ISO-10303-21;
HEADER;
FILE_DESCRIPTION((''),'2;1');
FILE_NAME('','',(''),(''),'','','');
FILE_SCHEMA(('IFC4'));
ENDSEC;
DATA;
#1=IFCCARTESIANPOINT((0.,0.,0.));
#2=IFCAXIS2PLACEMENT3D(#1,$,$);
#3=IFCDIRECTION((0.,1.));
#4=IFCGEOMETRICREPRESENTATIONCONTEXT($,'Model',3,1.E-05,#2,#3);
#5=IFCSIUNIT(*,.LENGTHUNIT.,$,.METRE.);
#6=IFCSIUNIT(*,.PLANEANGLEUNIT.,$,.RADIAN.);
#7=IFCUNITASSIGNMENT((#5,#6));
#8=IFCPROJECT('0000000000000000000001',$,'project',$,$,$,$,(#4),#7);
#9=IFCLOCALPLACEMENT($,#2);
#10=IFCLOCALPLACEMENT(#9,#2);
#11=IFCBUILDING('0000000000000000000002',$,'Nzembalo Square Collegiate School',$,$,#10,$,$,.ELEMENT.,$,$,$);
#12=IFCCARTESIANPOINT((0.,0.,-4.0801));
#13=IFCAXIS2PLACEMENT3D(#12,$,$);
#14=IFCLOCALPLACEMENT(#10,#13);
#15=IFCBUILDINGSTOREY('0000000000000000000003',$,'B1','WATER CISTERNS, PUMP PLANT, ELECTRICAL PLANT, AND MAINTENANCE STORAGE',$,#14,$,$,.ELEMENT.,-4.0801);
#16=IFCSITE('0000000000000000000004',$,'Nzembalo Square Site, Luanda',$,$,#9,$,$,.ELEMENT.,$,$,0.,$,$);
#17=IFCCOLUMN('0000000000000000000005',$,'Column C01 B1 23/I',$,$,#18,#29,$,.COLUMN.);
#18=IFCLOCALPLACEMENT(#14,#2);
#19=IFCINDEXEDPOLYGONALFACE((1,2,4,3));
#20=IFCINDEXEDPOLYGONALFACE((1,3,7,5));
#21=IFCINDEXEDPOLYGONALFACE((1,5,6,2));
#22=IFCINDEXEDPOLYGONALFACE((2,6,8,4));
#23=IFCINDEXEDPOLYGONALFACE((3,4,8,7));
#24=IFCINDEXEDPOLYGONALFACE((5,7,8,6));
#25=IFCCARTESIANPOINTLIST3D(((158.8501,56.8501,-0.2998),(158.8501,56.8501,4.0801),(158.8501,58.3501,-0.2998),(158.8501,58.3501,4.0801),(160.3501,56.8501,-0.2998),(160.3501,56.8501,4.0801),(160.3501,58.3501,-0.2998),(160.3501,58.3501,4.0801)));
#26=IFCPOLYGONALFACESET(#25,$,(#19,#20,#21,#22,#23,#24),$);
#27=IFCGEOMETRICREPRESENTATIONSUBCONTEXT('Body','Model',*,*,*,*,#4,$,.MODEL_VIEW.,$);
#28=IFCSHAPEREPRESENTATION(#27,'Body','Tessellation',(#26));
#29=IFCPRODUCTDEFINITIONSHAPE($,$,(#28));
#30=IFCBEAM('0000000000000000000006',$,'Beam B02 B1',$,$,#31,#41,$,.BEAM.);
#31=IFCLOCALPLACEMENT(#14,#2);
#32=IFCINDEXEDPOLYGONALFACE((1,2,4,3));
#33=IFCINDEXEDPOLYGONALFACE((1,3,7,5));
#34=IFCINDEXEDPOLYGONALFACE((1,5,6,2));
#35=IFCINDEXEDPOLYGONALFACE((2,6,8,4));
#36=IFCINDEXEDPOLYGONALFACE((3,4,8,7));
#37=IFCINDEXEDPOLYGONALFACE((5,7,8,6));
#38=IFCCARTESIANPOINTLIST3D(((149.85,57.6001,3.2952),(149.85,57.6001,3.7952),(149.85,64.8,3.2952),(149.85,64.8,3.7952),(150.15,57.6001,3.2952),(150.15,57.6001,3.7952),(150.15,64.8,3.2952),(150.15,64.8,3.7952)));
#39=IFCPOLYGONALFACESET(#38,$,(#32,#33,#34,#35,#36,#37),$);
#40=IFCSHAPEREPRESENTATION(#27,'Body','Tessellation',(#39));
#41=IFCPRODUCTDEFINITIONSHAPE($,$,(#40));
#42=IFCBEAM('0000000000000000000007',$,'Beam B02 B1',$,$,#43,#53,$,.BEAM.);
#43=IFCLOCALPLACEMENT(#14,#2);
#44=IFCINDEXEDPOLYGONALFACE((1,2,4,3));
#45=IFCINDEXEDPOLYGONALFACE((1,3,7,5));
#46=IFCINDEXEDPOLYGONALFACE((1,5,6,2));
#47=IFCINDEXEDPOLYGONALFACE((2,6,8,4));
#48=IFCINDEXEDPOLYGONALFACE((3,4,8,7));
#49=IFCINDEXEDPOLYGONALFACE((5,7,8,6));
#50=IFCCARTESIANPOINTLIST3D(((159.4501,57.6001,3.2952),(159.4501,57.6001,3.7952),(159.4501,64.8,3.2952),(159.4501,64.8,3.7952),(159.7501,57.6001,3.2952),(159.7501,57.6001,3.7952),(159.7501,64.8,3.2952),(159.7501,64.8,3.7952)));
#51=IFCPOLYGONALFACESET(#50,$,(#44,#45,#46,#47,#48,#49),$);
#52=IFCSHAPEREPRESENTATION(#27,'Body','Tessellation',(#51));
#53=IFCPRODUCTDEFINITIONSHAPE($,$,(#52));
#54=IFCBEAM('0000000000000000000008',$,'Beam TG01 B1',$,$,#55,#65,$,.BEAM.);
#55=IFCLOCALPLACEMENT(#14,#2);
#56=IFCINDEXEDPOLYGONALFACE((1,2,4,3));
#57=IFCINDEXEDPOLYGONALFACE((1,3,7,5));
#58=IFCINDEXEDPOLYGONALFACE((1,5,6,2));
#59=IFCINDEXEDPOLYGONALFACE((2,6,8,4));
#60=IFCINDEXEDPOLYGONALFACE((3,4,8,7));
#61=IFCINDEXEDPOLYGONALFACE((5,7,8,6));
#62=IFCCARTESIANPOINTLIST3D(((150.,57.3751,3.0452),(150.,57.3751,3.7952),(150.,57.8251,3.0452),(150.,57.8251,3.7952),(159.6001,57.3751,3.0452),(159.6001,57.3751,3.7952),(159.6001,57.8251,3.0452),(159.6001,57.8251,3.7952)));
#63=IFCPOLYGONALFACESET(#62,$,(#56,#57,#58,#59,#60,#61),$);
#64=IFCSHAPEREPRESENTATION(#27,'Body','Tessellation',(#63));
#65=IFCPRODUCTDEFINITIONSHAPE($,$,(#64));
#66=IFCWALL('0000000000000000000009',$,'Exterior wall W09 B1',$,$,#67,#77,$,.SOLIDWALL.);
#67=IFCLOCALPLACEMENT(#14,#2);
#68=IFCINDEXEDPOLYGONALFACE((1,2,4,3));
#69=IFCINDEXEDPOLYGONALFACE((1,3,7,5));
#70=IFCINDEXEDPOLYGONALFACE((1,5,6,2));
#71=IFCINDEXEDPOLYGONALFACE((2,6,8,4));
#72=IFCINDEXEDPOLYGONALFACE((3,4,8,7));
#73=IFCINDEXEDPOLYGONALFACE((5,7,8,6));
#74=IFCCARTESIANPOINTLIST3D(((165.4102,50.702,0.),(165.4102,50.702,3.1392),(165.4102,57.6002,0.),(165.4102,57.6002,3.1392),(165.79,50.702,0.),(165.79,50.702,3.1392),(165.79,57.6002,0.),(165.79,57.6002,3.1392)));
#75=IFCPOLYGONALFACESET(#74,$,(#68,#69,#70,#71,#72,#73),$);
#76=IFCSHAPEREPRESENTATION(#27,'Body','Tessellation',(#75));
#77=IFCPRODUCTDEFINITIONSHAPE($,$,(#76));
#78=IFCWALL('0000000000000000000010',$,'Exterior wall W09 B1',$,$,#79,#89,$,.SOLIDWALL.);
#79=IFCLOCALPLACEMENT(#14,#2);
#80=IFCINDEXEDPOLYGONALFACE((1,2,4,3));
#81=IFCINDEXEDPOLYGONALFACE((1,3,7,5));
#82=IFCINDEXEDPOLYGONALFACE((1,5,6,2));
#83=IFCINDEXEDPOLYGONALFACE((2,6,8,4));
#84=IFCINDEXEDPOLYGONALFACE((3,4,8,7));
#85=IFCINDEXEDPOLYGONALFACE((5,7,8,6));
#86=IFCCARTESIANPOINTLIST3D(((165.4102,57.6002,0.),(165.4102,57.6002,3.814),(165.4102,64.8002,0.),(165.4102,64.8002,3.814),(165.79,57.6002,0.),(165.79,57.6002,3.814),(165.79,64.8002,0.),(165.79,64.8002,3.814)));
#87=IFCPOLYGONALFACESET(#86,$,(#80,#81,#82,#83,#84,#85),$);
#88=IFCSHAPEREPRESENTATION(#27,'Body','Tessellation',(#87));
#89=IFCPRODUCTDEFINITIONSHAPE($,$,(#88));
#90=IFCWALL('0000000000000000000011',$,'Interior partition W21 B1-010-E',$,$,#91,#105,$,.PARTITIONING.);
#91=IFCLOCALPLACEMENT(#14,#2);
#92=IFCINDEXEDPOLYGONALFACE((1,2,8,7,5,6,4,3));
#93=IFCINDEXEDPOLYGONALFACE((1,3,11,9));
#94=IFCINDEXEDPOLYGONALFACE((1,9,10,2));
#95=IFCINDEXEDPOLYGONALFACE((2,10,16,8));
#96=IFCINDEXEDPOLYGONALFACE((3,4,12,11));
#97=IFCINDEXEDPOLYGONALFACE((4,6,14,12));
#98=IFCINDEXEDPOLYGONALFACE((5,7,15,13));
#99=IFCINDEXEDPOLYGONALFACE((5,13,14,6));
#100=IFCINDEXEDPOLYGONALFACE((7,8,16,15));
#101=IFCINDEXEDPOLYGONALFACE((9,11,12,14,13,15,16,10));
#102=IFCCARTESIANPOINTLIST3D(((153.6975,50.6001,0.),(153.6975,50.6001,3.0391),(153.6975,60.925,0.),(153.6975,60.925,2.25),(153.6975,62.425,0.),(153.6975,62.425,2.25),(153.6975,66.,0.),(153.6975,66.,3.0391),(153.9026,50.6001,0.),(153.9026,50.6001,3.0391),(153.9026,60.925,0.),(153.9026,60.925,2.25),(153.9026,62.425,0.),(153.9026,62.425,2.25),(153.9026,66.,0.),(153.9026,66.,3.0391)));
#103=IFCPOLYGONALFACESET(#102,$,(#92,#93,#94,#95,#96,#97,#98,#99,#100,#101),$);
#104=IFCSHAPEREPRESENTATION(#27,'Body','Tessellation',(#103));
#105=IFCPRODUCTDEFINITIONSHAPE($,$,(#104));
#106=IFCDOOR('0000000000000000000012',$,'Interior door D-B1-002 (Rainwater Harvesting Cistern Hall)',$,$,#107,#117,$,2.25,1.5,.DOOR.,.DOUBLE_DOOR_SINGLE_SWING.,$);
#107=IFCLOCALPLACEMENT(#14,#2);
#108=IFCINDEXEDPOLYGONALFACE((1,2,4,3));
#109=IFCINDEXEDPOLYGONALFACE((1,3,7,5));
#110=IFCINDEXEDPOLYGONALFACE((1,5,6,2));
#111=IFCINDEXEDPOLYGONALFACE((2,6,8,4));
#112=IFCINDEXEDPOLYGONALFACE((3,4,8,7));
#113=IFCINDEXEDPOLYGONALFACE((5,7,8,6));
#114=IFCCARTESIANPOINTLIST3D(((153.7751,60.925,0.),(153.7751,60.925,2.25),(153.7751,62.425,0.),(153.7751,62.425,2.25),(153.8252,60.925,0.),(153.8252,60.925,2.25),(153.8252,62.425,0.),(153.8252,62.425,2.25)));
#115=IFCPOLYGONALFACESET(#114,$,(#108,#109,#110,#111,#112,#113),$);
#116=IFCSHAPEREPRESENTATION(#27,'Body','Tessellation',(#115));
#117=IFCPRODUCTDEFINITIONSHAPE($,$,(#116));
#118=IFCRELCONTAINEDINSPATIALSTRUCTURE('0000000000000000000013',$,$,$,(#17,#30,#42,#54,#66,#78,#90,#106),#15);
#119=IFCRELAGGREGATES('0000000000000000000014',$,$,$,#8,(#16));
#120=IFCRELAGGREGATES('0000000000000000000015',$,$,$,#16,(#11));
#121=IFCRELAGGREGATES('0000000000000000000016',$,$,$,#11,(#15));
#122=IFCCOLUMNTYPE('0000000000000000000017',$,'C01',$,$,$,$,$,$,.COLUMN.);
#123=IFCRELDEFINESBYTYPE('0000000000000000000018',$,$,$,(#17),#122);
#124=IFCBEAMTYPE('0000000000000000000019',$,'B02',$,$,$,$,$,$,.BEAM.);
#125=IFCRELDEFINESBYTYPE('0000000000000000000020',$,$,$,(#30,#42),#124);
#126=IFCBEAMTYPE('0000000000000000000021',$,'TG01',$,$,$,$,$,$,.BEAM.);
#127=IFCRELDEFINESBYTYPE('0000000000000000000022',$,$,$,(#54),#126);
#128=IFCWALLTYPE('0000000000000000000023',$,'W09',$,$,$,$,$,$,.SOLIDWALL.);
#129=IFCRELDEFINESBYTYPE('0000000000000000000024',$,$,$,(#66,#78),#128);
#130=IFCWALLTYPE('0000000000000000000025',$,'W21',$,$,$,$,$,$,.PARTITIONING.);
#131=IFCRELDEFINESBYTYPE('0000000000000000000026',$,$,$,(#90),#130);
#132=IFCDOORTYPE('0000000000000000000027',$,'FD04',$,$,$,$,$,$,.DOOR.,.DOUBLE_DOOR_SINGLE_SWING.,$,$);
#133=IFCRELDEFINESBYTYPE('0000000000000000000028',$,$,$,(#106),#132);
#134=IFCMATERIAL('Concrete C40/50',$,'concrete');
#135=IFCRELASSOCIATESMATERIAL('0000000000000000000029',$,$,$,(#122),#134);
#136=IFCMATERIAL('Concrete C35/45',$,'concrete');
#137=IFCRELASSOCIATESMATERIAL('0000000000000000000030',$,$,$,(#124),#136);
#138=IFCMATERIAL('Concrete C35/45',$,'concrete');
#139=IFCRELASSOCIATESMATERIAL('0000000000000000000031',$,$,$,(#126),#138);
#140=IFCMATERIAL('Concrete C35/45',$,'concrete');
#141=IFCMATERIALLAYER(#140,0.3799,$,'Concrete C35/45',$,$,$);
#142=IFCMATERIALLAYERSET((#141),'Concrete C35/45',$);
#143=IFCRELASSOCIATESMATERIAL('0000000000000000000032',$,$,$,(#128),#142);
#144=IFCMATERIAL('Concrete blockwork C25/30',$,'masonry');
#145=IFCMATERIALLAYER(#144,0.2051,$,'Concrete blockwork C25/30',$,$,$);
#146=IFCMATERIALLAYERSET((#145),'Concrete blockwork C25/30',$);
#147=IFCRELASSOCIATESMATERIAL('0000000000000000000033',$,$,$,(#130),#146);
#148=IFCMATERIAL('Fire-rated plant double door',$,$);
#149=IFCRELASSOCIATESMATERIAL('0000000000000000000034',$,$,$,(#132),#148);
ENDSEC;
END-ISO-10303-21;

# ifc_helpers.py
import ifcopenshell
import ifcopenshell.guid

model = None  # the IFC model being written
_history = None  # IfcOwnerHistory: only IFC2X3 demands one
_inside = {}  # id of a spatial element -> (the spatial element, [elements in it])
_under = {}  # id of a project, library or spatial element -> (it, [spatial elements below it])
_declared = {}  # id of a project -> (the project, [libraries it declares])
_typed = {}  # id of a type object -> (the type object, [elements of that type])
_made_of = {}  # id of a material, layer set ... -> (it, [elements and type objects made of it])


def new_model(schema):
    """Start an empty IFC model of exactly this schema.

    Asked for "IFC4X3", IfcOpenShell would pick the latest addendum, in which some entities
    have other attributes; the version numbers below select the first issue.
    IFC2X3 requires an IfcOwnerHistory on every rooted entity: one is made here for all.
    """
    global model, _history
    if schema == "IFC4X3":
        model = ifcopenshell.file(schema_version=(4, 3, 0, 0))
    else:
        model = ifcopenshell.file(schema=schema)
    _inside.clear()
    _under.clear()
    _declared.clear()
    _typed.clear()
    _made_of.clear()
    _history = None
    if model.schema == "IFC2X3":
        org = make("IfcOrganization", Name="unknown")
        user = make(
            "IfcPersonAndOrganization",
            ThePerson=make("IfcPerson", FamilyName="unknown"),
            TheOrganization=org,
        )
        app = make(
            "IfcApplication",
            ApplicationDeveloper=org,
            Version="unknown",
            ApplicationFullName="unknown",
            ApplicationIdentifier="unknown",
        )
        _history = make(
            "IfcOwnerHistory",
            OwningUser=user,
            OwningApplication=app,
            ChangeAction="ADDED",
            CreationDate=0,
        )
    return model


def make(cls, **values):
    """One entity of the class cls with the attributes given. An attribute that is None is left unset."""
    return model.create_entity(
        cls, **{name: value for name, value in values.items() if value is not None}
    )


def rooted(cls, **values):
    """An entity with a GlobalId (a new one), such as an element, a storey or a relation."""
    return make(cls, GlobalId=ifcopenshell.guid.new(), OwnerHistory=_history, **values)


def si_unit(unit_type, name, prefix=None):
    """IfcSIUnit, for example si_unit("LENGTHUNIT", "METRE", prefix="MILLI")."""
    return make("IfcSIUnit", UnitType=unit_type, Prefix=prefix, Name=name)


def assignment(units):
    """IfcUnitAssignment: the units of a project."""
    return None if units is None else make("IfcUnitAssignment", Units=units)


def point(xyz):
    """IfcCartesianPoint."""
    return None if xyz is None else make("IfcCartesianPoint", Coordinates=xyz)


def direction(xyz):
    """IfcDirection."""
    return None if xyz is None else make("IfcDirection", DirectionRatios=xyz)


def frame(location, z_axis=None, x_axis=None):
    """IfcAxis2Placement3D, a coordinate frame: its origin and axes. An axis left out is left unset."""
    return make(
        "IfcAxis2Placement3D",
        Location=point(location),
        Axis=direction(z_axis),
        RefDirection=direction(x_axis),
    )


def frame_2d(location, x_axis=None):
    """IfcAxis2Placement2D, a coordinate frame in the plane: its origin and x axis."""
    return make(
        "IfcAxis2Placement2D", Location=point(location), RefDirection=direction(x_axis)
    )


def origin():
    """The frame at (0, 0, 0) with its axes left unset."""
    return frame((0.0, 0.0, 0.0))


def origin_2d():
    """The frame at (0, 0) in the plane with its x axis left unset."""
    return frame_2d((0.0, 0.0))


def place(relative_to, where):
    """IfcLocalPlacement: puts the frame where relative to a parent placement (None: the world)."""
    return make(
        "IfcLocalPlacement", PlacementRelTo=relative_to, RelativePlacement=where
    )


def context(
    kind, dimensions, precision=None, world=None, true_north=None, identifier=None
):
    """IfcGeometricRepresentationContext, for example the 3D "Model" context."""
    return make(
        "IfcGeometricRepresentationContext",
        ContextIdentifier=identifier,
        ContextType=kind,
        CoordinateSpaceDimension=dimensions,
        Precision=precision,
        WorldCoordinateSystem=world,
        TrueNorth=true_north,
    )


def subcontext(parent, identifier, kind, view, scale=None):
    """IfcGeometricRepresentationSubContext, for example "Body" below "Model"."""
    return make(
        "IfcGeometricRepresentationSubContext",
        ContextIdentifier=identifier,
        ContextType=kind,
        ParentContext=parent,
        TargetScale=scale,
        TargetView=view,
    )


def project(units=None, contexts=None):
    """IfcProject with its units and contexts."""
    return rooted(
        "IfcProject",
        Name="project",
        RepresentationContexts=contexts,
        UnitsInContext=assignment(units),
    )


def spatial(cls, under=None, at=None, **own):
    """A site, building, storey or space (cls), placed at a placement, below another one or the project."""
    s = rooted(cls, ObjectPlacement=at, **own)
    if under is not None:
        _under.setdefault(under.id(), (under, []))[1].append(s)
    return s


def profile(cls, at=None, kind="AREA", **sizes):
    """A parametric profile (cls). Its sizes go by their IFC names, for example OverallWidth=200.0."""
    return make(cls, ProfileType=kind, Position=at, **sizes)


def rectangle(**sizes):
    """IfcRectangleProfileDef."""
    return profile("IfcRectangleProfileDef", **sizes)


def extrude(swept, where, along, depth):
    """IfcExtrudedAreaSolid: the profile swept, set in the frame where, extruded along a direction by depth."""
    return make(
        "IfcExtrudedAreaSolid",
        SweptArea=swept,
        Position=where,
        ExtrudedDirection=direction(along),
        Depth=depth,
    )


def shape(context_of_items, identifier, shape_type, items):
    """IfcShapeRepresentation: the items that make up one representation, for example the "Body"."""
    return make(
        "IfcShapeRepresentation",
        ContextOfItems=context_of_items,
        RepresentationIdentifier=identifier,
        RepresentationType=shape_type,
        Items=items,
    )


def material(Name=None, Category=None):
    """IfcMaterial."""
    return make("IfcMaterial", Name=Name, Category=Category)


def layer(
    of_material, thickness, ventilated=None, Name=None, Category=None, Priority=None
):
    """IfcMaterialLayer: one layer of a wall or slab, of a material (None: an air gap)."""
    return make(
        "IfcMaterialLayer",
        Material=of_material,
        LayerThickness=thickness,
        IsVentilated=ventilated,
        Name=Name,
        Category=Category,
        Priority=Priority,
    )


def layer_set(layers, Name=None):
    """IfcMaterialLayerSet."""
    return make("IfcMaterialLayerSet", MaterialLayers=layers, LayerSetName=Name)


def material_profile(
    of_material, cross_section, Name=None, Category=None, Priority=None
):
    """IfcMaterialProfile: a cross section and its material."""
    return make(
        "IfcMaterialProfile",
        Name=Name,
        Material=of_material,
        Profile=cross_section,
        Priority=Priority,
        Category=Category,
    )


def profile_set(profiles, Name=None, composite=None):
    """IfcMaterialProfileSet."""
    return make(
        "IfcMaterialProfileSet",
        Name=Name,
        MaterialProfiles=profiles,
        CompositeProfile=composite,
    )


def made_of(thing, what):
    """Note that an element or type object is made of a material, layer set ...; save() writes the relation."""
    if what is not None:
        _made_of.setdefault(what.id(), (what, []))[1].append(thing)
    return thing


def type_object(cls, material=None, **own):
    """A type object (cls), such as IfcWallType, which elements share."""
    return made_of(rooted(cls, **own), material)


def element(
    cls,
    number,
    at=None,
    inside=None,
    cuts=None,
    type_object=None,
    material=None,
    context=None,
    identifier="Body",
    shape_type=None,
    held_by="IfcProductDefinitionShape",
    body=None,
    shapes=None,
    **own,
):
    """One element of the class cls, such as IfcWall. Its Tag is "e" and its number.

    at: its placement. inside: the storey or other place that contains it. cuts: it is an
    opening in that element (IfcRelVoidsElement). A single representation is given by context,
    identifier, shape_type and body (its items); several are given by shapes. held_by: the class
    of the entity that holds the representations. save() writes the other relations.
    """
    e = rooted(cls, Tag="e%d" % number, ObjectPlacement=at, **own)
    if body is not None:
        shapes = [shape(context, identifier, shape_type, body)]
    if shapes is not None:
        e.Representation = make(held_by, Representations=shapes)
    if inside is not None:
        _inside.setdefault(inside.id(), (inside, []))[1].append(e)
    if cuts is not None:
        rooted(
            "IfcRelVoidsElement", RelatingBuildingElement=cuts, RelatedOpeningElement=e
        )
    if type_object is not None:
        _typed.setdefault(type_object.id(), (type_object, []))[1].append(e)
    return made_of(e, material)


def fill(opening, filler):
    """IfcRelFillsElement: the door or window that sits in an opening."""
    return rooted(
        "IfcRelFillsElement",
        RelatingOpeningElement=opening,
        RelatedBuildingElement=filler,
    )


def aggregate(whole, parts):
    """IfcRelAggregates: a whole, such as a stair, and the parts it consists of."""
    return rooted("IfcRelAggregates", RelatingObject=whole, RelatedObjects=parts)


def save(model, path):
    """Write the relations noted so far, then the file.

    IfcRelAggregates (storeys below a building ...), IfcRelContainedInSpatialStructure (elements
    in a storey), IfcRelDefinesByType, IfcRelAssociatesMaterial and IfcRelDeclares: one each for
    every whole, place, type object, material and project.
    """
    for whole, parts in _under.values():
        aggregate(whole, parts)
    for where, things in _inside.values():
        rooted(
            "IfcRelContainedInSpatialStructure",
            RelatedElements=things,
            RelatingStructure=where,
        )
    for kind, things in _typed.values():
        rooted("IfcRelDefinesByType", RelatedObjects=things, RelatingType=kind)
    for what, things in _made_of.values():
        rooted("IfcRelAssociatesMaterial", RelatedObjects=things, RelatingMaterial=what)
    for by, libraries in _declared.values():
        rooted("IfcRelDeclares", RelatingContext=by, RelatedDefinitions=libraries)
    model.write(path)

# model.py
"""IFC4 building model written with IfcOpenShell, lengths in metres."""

from ifc_helpers import new_model, si_unit, direction, frame, frame_2d, origin, origin_2d, place, context, subcontext, project, spatial, rectangle, extrude, material, layer, layer_set, material_profile, profile_set, type_object, element, fill, save


model = new_model("IFC4")

# Units and contexts
model_context = context("Model", 3, precision=1e-05, world=origin(), true_north=direction((0.0, 1.0)))
body_context = subcontext(model_context, "Body", "Model", "MODEL_VIEW")
ifc_project = project(units=[si_unit("LENGTHUNIT", "METRE"), si_unit("PLANEANGLEUNIT", "RADIAN")], contexts=[model_context])

# Site, building, storey
site_placement = place(None, origin())
site = spatial("IfcSite", under=ifc_project, at=site_placement, Name="Nzembalo Square Site, Luanda", CompositionType="ELEMENT", RefElevation=0.0)
building_placement = place(site_placement, origin())
building = spatial("IfcBuilding", under=site, at=building_placement, Name="Nzembalo Square Collegiate School", CompositionType="ELEMENT")
storey_placement = place(building_placement, frame((0.0, 0.0, -4.0801)))
storey = spatial("IfcBuildingStorey", under=building, at=storey_placement, Name="B1", Description="WATER CISTERNS, PUMP PLANT, ELECTRICAL PLANT, AND MAINTENANCE STORAGE", CompositionType="ELEMENT", Elevation=-4.0801)

# Column
ifc_material_1 = material(Name="Concrete C40/50", Category="concrete")
ifc_material_profile_1 = material_profile(ifc_material_1, rectangle(XDim=1.5, YDim=1.5, at=origin_2d()), Name="RC 1500x1500")
ifc_profile_set_1 = profile_set([ifc_material_profile_1], Name="Concrete C40/50")
column_type = type_object("IfcColumnType", Name="C01", PredefinedType="COLUMN", material=ifc_profile_set_1)
for number, where, z_axis, x_axis, name in (
    (1, (159.6001, 57.6001, -0.2998), (0.0, 0.0, 1.0), (1.0, 0.0, 0.0), "Column C01 B1 23/I"),
):
    element("IfcColumn", number, at=place(storey_placement, frame(where, z_axis=z_axis, x_axis=x_axis)), inside=storey, type_object=column_type, Name=name, PredefinedType="COLUMN", context=body_context, shape_type="SweptSolid", body=[
        extrude(rectangle(XDim=1.5, YDim=1.5, at=origin_2d()), origin(), (0.0, 0.0, 1.0), 4.3799),
    ])

# Beams
ifc_material_2 = material(Name="Concrete C35/45", Category="concrete")
ifc_material_profile_2 = material_profile(ifc_material_2, rectangle(XDim=0.3, YDim=0.5, at=origin_2d()), Name="RC 300x500")
ifc_profile_set_2 = profile_set([ifc_material_profile_2], Name="Concrete C35/45")
beam_type_1 = type_object("IfcBeamType", Name="B02", PredefinedType="BEAM", material=ifc_profile_set_2)
for number, where, z_axis, x_axis, name in (
    (2, (150.0, 57.6001, 3.5452), (0.0, 1.0, 0.0), (-1.0, 0.0, 0.0), "Beam B02 B1"),
    (3, (159.6001, 57.6001, 3.5452), (0.0, 1.0, 0.0), (-1.0, 0.0, 0.0), "Beam B02 B1"),
):
    element("IfcBeam", number, at=place(storey_placement, frame(where, z_axis=z_axis, x_axis=x_axis)), inside=storey, type_object=beam_type_1, Name=name, PredefinedType="BEAM", context=body_context, shape_type="SweptSolid", body=[
        extrude(rectangle(XDim=0.3, YDim=0.5, at=origin_2d()), origin(), (0.0, 0.0, 1.0), 7.2),
    ])
ifc_material_3 = material(Name="Concrete C35/45", Category="concrete")
ifc_material_profile_3 = material_profile(ifc_material_3, rectangle(XDim=0.45, YDim=0.75, at=origin_2d()), Name="RC 450x750")
ifc_profile_set_3 = profile_set([ifc_material_profile_3], Name="Concrete C35/45")
beam_type_2 = type_object("IfcBeamType", Name="TG01", PredefinedType="BEAM", material=ifc_profile_set_3)
beam_placement = place(storey_placement, frame((150.0, 57.6001, 3.4202), z_axis=(1.0, 0.0, 0.0), x_axis=(0.0, 1.0, 0.0)))
element("IfcBeam", 4, at=beam_placement, inside=storey, type_object=beam_type_2, Name="Beam TG01 B1", PredefinedType="BEAM", context=body_context, shape_type="SweptSolid", body=[
    extrude(rectangle(XDim=0.45, YDim=0.75, at=origin_2d()), origin(), (0.0, 0.0, 1.0), 9.6001),
])

# Walls
ifc_material_4 = material(Name="Concrete C35/45", Category="concrete")
ifc_layer_1 = layer(ifc_material_4, 0.3799, Name="Concrete C35/45")
ifc_layer_set_1 = layer_set([ifc_layer_1], Name="Concrete C35/45")
wall_type_1 = type_object("IfcWallType", Name="W09", PredefinedType="SOLIDWALL", material=ifc_layer_set_1)
wall_1_placement = place(storey_placement, frame((165.6001, 50.7019, 0.0), z_axis=(0.0, 0.0, 1.0), x_axis=(0.0, 1.0, 0.0)))
element("IfcWall", 5, at=wall_1_placement, inside=storey, type_object=wall_type_1, Name="Exterior wall W09 B1", PredefinedType="SOLIDWALL", context=body_context, shape_type="SweptSolid", body=[
    extrude(rectangle(XDim=6.8982, YDim=0.3799, at=frame_2d((3.4492, 0.0))), origin(), (0.0, 0.0, 1.0), 3.1392),
])
wall_2_placement = place(storey_placement, frame((165.6001, 57.6001, 0.0), z_axis=(0.0, 0.0, 1.0), x_axis=(0.0, 1.0, 0.0)))
element("IfcWall", 6, at=wall_2_placement, inside=storey, type_object=wall_type_1, Name="Exterior wall W09 B1", PredefinedType="SOLIDWALL", context=body_context, shape_type="SweptSolid", body=[
    extrude(rectangle(XDim=7.2, YDim=0.3799, at=frame_2d((3.6001, 0.0))), origin(), (0.0, 0.0, 1.0), 3.814),
])

# Wall, opening, door
ifc_material_5 = material(Name="Concrete blockwork C25/30", Category="masonry")
ifc_layer_2 = layer(ifc_material_5, 0.2051, Name="Concrete blockwork C25/30")
ifc_layer_set_2 = layer_set([ifc_layer_2], Name="Concrete blockwork C25/30")
wall_type_2 = type_object("IfcWallType", Name="W21", PredefinedType="PARTITIONING", material=ifc_layer_set_2)
wall_3_placement = place(storey_placement, frame((153.8, 50.6001, 0.0), z_axis=(0.0, 0.0, 1.0), x_axis=(0.0, 1.0, 0.0)))
wall_3 = element("IfcWall", 7, at=wall_3_placement, inside=storey, type_object=wall_type_2, Name="Interior partition W21 B1-010-E", PredefinedType="PARTITIONING", context=body_context, shape_type="SweptSolid", body=[
    extrude(rectangle(XDim=15.3999, YDim=0.2051, at=frame_2d((7.7, 0.0))), origin(), (0.0, 0.0, 1.0), 3.0391),
])
opening_placement = place(wall_3_placement, frame((10.325, 0.0, 0.0)))
opening = element("IfcOpeningElement", 8, at=opening_placement, cuts=wall_3, PredefinedType="OPENING", context=body_context, shape_type="SweptSolid", body=[
    extrude(rectangle(XDim=1.5, YDim=2.25, at=frame_2d((0.75, 1.125))), frame((0.0, 0.1125, 0.0), z_axis=(0.0, -1.0, 0.0), x_axis=(1.0, 0.0, 0.0)), (0.0, 0.0, 1.0), 0.2251),
])
ifc_material_6 = material(Name="Fire-rated plant double door")
door_type = type_object("IfcDoorType", Name="FD04", OperationType="DOUBLE_DOOR_SINGLE_SWING", PredefinedType="DOOR", material=ifc_material_6)
door_placement = place(opening_placement, origin())
door = element("IfcDoor", 9, at=door_placement, inside=storey, type_object=door_type, Name="Interior door D-B1-002 (Rainwater Harvesting Cistern Hall)", OperationType="DOUBLE_DOOR_SINGLE_SWING", OverallHeight=2.25, OverallWidth=1.5, PredefinedType="DOOR", context=body_context, shape_type="SweptSolid", body=[
    extrude(rectangle(XDim=1.5, YDim=2.25, at=frame_2d((0.75, 1.125))), frame((0.0, 0.0249, 0.0), z_axis=(0.0, -1.0, 0.0), x_axis=(1.0, 0.0, 0.0)), (0.0, 0.0, 1.0), 0.05),
])
fill(opening, door)

save(model, "model.ifc")
